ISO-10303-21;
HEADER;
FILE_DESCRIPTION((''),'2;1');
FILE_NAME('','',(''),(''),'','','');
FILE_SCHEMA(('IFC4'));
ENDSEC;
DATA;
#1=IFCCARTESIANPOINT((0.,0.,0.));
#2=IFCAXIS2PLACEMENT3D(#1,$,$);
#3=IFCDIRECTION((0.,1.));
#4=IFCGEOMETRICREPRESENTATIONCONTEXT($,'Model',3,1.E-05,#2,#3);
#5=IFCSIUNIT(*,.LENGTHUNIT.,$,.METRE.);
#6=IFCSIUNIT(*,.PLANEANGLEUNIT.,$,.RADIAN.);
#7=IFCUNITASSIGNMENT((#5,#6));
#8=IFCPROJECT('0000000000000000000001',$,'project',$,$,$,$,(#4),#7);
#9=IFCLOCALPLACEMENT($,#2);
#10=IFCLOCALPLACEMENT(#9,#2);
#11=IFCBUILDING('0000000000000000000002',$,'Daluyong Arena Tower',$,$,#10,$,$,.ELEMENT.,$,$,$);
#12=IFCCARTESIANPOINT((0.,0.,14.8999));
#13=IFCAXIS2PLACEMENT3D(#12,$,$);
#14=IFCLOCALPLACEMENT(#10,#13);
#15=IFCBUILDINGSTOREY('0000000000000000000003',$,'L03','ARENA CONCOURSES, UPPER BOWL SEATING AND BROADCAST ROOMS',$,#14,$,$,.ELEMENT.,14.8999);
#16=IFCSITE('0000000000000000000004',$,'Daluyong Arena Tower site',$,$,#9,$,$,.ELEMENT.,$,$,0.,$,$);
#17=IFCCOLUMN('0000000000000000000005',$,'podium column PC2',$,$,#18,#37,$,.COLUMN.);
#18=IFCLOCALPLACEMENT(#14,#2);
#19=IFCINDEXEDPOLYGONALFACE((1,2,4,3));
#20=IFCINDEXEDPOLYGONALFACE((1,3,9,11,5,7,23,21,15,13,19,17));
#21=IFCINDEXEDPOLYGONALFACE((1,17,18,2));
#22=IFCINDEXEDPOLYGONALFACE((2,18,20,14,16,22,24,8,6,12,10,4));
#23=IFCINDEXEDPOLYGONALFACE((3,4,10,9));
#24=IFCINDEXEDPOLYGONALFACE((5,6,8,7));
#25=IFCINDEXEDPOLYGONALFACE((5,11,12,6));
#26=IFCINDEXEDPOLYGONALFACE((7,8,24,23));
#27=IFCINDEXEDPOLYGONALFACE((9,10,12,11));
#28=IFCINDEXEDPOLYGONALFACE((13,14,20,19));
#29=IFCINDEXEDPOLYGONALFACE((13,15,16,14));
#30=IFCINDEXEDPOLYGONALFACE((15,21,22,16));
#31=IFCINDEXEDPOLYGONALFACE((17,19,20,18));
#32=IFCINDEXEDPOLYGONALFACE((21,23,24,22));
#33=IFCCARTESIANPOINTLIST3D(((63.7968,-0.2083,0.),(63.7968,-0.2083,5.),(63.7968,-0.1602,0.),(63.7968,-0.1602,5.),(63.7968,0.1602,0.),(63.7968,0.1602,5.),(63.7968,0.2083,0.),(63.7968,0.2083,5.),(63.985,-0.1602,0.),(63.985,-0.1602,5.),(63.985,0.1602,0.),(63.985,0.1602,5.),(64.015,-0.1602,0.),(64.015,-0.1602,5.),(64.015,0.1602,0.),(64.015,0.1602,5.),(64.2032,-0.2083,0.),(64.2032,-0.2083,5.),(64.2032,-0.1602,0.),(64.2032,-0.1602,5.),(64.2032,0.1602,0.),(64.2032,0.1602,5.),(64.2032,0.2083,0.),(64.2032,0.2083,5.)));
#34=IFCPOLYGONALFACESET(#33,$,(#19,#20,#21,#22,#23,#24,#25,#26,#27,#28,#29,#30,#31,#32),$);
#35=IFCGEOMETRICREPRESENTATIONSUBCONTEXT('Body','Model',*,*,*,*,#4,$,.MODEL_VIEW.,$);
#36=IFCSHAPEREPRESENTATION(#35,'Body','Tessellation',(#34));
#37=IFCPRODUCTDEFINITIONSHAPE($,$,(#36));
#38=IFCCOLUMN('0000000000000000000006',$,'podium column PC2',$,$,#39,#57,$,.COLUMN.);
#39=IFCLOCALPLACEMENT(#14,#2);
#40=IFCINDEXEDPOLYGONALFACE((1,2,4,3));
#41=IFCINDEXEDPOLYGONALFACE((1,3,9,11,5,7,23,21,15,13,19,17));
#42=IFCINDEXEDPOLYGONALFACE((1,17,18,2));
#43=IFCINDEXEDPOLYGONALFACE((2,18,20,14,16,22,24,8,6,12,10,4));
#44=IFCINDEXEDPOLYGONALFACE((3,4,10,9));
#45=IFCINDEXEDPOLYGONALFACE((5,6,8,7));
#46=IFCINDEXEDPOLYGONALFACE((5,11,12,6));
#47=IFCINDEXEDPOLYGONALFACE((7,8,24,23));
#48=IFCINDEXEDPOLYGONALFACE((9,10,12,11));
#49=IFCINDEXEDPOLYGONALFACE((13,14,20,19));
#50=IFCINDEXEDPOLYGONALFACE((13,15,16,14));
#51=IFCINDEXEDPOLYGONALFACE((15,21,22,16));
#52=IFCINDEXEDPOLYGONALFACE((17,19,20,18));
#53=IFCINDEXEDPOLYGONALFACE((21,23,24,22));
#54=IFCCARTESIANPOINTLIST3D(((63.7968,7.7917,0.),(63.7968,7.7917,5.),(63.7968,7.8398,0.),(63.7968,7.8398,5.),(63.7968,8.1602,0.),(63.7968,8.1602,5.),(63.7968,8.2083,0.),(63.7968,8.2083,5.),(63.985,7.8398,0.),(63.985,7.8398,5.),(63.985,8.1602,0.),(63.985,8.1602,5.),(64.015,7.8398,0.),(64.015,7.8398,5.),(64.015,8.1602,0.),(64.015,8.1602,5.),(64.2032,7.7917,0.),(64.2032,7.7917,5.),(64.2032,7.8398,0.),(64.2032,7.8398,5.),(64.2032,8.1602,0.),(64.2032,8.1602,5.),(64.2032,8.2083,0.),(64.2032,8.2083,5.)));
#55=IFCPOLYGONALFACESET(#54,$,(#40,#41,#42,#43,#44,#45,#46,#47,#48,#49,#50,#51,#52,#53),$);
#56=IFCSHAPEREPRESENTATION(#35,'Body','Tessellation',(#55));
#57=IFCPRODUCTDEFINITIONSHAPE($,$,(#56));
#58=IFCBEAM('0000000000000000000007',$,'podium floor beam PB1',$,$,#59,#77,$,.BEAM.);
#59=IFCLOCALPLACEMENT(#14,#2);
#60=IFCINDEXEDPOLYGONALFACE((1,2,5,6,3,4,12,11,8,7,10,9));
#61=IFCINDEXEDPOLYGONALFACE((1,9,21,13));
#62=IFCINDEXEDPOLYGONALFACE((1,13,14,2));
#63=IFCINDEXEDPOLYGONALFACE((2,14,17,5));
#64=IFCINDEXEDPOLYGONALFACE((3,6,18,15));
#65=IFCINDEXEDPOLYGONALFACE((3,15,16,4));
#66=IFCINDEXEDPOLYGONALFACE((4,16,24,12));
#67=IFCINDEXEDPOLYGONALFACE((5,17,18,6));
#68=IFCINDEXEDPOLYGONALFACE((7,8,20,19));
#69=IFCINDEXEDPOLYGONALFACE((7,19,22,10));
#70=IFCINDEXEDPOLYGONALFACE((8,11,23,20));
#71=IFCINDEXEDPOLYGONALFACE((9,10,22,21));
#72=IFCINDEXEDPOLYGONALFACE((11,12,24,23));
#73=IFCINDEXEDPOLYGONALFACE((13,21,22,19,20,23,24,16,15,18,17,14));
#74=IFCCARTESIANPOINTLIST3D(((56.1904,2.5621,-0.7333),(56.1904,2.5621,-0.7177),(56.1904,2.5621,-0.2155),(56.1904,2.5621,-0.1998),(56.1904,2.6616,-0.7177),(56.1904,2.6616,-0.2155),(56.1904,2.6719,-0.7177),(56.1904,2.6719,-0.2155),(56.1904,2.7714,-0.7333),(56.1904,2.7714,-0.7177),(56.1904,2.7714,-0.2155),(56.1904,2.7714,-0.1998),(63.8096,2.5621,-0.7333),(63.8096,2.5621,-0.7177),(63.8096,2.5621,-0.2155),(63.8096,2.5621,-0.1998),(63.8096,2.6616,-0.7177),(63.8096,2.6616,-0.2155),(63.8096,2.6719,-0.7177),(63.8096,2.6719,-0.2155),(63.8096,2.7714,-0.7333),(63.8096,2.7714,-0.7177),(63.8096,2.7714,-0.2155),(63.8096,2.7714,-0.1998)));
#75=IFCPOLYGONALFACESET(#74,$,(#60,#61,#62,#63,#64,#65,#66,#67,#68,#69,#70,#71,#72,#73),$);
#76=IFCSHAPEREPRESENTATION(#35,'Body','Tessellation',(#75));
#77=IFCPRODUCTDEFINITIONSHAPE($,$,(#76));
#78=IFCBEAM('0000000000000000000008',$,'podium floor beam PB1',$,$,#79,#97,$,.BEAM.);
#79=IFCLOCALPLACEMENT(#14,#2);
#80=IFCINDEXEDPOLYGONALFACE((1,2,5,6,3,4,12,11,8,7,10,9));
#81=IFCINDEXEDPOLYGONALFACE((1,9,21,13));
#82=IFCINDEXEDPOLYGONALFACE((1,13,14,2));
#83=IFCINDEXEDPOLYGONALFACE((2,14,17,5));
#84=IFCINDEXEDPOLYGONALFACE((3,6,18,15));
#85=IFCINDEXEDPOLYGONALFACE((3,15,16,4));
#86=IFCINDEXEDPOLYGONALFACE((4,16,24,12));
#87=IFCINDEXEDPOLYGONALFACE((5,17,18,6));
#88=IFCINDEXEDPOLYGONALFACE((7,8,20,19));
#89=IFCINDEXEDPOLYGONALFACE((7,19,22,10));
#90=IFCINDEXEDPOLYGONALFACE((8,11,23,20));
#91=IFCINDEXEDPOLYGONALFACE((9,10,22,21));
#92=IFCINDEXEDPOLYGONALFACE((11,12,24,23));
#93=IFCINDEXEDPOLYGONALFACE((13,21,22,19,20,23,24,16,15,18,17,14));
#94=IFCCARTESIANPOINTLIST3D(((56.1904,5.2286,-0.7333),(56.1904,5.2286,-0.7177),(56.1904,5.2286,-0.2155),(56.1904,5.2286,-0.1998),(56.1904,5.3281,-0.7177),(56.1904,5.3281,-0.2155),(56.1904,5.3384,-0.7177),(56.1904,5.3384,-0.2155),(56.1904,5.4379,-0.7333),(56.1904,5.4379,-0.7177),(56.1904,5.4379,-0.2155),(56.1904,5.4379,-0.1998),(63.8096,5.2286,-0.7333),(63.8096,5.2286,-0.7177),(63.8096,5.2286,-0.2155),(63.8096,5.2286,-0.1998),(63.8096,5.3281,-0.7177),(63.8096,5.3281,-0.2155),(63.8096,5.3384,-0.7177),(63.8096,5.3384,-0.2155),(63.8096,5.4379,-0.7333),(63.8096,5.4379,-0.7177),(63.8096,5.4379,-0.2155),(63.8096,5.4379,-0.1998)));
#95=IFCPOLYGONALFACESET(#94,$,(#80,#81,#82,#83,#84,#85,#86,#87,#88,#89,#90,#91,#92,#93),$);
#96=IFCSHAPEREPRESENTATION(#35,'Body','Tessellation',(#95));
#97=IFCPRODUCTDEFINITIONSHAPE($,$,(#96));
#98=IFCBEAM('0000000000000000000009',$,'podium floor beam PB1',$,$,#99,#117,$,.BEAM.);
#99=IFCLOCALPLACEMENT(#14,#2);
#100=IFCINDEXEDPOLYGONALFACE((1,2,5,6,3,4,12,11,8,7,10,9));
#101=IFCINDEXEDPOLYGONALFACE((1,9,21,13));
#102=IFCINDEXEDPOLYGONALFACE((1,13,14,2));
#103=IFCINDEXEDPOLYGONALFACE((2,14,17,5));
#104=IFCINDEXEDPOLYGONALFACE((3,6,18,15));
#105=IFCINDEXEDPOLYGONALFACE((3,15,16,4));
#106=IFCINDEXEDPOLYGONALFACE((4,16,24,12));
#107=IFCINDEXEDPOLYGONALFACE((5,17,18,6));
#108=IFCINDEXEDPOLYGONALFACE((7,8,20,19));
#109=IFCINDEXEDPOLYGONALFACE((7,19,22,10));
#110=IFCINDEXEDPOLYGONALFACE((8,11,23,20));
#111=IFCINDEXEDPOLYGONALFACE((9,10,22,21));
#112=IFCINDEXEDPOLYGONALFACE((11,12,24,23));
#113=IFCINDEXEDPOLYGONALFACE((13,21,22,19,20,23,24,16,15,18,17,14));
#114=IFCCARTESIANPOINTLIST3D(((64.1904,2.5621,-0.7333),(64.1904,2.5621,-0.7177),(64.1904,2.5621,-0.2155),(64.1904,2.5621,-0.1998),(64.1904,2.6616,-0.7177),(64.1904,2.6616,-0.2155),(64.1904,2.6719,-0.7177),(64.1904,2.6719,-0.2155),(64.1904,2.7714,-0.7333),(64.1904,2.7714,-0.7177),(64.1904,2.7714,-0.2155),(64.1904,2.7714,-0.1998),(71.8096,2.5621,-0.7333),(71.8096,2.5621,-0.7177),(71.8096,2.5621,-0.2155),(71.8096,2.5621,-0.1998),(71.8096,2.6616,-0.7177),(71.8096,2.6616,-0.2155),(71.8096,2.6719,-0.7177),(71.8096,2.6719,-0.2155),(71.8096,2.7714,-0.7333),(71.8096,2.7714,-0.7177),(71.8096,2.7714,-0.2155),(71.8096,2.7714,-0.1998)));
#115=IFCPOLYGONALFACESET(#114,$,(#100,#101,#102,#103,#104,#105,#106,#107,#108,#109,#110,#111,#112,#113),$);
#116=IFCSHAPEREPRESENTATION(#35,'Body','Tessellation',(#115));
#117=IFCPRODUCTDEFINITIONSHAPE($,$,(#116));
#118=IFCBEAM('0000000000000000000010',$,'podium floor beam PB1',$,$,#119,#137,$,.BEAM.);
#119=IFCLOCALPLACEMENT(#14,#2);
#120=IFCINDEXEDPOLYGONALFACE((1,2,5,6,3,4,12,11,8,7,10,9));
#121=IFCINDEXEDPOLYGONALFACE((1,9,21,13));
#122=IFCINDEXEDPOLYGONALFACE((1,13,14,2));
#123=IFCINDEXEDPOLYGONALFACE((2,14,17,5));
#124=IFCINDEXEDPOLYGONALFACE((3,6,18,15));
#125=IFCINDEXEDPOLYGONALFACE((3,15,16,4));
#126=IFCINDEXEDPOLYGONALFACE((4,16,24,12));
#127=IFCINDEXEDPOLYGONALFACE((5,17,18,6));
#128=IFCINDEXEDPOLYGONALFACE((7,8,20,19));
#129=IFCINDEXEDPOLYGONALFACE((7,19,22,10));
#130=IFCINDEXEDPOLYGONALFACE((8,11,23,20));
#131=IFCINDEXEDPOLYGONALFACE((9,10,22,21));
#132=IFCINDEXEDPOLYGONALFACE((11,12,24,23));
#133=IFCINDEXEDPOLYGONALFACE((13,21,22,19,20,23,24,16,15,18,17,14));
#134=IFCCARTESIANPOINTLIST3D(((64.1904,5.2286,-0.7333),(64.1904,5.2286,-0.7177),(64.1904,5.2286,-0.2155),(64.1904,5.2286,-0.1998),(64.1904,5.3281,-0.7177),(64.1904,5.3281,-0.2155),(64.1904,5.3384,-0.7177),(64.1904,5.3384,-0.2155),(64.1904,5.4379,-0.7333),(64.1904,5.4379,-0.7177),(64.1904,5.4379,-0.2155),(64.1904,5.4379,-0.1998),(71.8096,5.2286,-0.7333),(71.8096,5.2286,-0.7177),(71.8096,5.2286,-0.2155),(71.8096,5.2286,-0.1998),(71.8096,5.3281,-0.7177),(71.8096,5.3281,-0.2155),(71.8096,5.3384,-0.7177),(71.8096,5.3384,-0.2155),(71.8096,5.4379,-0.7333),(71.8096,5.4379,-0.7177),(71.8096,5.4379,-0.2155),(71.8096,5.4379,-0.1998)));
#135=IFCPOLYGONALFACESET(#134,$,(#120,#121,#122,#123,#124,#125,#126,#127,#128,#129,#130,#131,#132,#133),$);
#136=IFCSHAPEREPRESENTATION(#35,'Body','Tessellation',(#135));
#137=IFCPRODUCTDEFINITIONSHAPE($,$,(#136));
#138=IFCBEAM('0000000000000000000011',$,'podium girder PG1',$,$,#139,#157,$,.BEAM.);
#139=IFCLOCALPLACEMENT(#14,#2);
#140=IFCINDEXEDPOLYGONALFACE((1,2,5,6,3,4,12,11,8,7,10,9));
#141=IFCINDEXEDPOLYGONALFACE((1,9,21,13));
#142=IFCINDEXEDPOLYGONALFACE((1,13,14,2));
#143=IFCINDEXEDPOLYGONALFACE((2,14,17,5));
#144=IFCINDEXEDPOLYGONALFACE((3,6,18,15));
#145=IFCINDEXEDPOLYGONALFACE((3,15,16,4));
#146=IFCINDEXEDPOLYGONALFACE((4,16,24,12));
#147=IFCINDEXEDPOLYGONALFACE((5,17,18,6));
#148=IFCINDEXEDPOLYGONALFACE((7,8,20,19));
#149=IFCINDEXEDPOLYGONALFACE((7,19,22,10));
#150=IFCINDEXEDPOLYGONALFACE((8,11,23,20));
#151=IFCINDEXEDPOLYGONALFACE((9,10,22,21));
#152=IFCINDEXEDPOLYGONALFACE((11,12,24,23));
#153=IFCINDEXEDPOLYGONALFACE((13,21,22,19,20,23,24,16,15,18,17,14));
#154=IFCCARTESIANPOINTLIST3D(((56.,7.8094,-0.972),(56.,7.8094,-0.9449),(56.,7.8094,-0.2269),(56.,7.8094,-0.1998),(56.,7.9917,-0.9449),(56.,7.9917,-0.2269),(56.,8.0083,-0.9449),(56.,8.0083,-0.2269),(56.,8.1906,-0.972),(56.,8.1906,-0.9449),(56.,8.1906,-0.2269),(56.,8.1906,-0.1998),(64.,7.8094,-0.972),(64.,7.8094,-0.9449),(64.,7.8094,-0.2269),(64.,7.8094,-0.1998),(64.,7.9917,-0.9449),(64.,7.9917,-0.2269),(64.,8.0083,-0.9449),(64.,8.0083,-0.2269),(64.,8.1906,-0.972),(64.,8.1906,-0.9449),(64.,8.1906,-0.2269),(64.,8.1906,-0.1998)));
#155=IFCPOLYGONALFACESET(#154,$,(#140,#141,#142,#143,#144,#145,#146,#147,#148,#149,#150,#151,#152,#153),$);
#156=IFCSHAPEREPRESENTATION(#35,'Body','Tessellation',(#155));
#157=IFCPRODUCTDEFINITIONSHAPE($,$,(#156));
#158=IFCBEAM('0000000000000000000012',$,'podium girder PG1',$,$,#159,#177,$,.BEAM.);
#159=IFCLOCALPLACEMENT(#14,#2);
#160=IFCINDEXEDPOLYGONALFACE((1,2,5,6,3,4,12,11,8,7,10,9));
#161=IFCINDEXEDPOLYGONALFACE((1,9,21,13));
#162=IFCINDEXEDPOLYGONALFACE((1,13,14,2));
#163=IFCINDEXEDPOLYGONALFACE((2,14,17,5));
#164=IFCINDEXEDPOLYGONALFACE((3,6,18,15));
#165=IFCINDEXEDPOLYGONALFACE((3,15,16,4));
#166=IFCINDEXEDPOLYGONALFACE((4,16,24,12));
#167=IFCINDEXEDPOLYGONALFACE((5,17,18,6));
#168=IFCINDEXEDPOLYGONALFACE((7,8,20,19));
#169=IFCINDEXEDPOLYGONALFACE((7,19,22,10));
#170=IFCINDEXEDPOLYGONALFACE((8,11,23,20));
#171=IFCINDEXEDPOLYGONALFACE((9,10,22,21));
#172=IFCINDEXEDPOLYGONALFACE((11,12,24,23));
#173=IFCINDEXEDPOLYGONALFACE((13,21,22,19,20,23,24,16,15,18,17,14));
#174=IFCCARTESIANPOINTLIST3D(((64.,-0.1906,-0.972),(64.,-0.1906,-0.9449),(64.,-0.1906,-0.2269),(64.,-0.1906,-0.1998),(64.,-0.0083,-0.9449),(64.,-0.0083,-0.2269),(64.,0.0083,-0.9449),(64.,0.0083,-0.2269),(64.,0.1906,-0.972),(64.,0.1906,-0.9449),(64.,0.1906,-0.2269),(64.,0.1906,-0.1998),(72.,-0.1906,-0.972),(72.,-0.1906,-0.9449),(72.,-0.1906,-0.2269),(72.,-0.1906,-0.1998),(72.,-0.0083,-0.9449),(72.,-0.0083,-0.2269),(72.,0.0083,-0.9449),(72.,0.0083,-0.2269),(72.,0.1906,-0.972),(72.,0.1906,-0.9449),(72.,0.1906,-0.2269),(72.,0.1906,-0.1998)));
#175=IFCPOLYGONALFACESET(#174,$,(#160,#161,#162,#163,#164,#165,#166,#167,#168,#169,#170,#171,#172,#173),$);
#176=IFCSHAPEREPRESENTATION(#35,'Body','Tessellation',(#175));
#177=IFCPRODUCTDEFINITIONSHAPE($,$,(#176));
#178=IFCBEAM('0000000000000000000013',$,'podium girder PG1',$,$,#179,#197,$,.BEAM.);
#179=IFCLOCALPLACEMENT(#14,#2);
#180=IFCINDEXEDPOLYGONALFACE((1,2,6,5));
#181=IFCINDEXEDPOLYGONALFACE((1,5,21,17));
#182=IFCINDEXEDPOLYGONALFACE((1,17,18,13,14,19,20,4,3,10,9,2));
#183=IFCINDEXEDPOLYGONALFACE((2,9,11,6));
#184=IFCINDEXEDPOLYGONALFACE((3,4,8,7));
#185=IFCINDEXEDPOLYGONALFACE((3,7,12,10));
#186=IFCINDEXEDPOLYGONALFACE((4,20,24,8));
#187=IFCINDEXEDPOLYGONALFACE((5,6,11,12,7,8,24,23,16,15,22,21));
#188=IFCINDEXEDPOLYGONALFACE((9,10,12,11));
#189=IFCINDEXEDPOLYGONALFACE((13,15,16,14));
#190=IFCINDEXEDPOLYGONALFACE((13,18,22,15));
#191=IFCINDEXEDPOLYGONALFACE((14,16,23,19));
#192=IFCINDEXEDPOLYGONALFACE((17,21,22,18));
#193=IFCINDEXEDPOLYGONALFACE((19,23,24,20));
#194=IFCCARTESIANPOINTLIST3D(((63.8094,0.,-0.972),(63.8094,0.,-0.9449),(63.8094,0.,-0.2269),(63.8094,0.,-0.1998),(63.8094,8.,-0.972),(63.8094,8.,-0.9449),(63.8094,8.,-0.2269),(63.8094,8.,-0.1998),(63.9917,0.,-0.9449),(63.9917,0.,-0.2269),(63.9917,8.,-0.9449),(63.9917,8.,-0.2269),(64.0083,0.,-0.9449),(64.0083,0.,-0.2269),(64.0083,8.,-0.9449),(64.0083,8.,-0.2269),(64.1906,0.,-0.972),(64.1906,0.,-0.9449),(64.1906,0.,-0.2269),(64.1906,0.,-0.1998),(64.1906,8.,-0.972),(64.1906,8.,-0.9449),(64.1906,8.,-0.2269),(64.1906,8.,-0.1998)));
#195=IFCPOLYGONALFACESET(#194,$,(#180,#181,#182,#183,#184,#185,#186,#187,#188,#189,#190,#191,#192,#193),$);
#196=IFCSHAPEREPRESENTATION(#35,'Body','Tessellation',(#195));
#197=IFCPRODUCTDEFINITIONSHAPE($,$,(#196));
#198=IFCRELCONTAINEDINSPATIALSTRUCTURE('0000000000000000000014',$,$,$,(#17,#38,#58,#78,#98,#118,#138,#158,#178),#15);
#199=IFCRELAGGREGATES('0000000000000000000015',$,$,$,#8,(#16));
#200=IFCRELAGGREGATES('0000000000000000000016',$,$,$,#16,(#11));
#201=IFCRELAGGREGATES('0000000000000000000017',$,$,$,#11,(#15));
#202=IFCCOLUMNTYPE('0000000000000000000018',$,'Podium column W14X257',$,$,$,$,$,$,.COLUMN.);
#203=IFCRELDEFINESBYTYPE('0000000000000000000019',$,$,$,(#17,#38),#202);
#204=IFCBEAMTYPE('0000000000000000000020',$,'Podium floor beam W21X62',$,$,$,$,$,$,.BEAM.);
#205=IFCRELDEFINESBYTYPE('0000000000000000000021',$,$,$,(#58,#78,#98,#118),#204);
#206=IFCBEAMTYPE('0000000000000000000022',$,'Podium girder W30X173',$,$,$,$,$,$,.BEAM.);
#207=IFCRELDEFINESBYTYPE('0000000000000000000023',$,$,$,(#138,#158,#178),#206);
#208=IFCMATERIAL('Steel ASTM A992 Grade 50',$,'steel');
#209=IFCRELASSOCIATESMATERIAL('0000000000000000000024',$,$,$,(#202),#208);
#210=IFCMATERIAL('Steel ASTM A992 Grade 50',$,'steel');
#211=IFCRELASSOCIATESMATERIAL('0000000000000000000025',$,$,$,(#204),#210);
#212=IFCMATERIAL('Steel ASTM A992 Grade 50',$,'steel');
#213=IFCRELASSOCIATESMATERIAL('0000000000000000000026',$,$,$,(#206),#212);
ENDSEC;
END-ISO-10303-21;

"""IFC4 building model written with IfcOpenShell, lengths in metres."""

from ifc_helpers import new_model, si_unit, direction, frame, origin, origin_2d, place, context, subcontext, project, spatial, i_section, extrude, material, material_profile, profile_set, type_object, element, save


model = new_model("IFC4")

# Units and contexts
model_context = context("Model", 3, precision=1e-05, world=origin(), true_north=direction((0.0, 1.0)))
body_context = subcontext(model_context, "Body", "Model", "MODEL_VIEW")
ifc_project = project(units=[si_unit("LENGTHUNIT", "METRE"), si_unit("PLANEANGLEUNIT", "RADIAN")], contexts=[model_context])

# Site, building, storey
site_placement = place(None, origin())
site = spatial("IfcSite", under=ifc_project, at=site_placement, Name="Daluyong Arena Tower site", CompositionType="ELEMENT", RefElevation=0.0)
building_placement = place(site_placement, origin())
building = spatial("IfcBuilding", under=site, at=building_placement, Name="Daluyong Arena Tower", CompositionType="ELEMENT")
storey_placement = place(building_placement, frame((0.0, 0.0, 14.8999)))
storey = spatial("IfcBuildingStorey", under=building, at=storey_placement, Name="L03", Description="ARENA CONCOURSES, UPPER BOWL SEATING AND BROADCAST ROOMS", CompositionType="ELEMENT", Elevation=14.8999)

# Columns
ifc_material_1 = material(Name="Steel ASTM A992 Grade 50", Category="steel")
ifc_material_profile_1 = material_profile(ifc_material_1, i_section(OverallWidth=0.4065, OverallDepth=0.4165, WebThickness=0.03, FlangeThickness=0.0481, at=origin_2d()))
ifc_profile_set_1 = profile_set([ifc_material_profile_1], Name="Steel ASTM A992 Grade 50")
column_type = type_object("IfcColumnType", Name="Podium column W14X257", PredefinedType="COLUMN", material=ifc_profile_set_1)
for number, where, z_axis, x_axis, name in (
    (1, (64.0, 0.0, 0.0), (0.0, 0.0, 1.0), (1.0, 0.0, 0.0), "podium column PC2"),
    (2, (64.0, 8.0, 0.0), (0.0, 0.0, 1.0), (1.0, 0.0, 0.0), "podium column PC2"),
):
    element("IfcColumn", number, at=place(storey_placement, frame(where, z_axis=z_axis, x_axis=x_axis)), inside=storey, type_object=column_type, Name=name, PredefinedType="COLUMN", context=body_context, shape_type="SweptSolid", body=[
        extrude(i_section(OverallWidth=0.4065, OverallDepth=0.4165, WebThickness=0.03, FlangeThickness=0.0481, at=origin_2d()), origin(), (0.0, 0.0, 1.0), 5.0),
    ])

# Beams
ifc_material_2 = material(Name="Steel ASTM A992 Grade 50", Category="steel")
ifc_material_profile_2 = material_profile(ifc_material_2, i_section(OverallWidth=0.2092, OverallDepth=0.5334, WebThickness=0.0103, FlangeThickness=0.0156, at=origin_2d()))
ifc_profile_set_2 = profile_set([ifc_material_profile_2], Name="Steel ASTM A992 Grade 50")
beam_type_1 = type_object("IfcBeamType", Name="Podium floor beam W21X62", PredefinedType="BEAM", material=ifc_profile_set_2)
for number, where, z_axis, x_axis, name in (
    (3, (56.1904, 2.6667, -0.4666), (1.0, 0.0, 0.0), (0.0, 1.0, 0.0), "podium floor beam PB1"),
    (4, (56.1904, 5.3333, -0.4666), (1.0, 0.0, 0.0), (0.0, 1.0, 0.0), "podium floor beam PB1"),
    (5, (64.1904, 2.6667, -0.4666), (1.0, 0.0, 0.0), (0.0, 1.0, 0.0), "podium floor beam PB1"),
    (6, (64.1904, 5.3333, -0.4666), (1.0, 0.0, 0.0), (0.0, 1.0, 0.0), "podium floor beam PB1"),
):
    element("IfcBeam", number, at=place(storey_placement, frame(where, z_axis=z_axis, x_axis=x_axis)), inside=storey, type_object=beam_type_1, Name=name, PredefinedType="BEAM", context=body_context, shape_type="SweptSolid", body=[
        extrude(i_section(OverallWidth=0.2092, OverallDepth=0.5334, WebThickness=0.0103, FlangeThickness=0.0156, at=origin_2d()), origin(), (0.0, 0.0, 1.0), 7.6191),
    ])
ifc_material_3 = material(Name="Steel ASTM A992 Grade 50", Category="steel")
ifc_material_profile_3 = material_profile(ifc_material_3, i_section(OverallWidth=0.3811, OverallDepth=0.7722, WebThickness=0.0166, FlangeThickness=0.0271, at=origin_2d()))
ifc_profile_set_3 = profile_set([ifc_material_profile_3], Name="Steel ASTM A992 Grade 50")
beam_type_2 = type_object("IfcBeamType", Name="Podium girder W30X173", PredefinedType="BEAM", material=ifc_profile_set_3)
for number, where, z_axis, x_axis, name in (
    (7, (56.0, 8.0, -0.5859), (1.0, 0.0, 0.0), (0.0, 1.0, 0.0), "podium girder PG1"),
    (8, (64.0, 0.0, -0.5859), (1.0, 0.0, 0.0), (0.0, 1.0, 0.0), "podium girder PG1"),
    (9, (64.0, 0.0, -0.5859), (0.0, 1.0, 0.0), (-1.0, 0.0, 0.0), "podium girder PG1"),
):
    element("IfcBeam", number, at=place(storey_placement, frame(where, z_axis=z_axis, x_axis=x_axis)), inside=storey, type_object=beam_type_2, Name=name, PredefinedType="BEAM", context=body_context, shape_type="SweptSolid", body=[
        extrude(i_section(OverallWidth=0.3811, OverallDepth=0.7722, WebThickness=0.0166, FlangeThickness=0.0271, at=origin_2d()), origin(), (0.0, 0.0, 1.0), 8.0),
    ])

save(model, "model.ifc")
